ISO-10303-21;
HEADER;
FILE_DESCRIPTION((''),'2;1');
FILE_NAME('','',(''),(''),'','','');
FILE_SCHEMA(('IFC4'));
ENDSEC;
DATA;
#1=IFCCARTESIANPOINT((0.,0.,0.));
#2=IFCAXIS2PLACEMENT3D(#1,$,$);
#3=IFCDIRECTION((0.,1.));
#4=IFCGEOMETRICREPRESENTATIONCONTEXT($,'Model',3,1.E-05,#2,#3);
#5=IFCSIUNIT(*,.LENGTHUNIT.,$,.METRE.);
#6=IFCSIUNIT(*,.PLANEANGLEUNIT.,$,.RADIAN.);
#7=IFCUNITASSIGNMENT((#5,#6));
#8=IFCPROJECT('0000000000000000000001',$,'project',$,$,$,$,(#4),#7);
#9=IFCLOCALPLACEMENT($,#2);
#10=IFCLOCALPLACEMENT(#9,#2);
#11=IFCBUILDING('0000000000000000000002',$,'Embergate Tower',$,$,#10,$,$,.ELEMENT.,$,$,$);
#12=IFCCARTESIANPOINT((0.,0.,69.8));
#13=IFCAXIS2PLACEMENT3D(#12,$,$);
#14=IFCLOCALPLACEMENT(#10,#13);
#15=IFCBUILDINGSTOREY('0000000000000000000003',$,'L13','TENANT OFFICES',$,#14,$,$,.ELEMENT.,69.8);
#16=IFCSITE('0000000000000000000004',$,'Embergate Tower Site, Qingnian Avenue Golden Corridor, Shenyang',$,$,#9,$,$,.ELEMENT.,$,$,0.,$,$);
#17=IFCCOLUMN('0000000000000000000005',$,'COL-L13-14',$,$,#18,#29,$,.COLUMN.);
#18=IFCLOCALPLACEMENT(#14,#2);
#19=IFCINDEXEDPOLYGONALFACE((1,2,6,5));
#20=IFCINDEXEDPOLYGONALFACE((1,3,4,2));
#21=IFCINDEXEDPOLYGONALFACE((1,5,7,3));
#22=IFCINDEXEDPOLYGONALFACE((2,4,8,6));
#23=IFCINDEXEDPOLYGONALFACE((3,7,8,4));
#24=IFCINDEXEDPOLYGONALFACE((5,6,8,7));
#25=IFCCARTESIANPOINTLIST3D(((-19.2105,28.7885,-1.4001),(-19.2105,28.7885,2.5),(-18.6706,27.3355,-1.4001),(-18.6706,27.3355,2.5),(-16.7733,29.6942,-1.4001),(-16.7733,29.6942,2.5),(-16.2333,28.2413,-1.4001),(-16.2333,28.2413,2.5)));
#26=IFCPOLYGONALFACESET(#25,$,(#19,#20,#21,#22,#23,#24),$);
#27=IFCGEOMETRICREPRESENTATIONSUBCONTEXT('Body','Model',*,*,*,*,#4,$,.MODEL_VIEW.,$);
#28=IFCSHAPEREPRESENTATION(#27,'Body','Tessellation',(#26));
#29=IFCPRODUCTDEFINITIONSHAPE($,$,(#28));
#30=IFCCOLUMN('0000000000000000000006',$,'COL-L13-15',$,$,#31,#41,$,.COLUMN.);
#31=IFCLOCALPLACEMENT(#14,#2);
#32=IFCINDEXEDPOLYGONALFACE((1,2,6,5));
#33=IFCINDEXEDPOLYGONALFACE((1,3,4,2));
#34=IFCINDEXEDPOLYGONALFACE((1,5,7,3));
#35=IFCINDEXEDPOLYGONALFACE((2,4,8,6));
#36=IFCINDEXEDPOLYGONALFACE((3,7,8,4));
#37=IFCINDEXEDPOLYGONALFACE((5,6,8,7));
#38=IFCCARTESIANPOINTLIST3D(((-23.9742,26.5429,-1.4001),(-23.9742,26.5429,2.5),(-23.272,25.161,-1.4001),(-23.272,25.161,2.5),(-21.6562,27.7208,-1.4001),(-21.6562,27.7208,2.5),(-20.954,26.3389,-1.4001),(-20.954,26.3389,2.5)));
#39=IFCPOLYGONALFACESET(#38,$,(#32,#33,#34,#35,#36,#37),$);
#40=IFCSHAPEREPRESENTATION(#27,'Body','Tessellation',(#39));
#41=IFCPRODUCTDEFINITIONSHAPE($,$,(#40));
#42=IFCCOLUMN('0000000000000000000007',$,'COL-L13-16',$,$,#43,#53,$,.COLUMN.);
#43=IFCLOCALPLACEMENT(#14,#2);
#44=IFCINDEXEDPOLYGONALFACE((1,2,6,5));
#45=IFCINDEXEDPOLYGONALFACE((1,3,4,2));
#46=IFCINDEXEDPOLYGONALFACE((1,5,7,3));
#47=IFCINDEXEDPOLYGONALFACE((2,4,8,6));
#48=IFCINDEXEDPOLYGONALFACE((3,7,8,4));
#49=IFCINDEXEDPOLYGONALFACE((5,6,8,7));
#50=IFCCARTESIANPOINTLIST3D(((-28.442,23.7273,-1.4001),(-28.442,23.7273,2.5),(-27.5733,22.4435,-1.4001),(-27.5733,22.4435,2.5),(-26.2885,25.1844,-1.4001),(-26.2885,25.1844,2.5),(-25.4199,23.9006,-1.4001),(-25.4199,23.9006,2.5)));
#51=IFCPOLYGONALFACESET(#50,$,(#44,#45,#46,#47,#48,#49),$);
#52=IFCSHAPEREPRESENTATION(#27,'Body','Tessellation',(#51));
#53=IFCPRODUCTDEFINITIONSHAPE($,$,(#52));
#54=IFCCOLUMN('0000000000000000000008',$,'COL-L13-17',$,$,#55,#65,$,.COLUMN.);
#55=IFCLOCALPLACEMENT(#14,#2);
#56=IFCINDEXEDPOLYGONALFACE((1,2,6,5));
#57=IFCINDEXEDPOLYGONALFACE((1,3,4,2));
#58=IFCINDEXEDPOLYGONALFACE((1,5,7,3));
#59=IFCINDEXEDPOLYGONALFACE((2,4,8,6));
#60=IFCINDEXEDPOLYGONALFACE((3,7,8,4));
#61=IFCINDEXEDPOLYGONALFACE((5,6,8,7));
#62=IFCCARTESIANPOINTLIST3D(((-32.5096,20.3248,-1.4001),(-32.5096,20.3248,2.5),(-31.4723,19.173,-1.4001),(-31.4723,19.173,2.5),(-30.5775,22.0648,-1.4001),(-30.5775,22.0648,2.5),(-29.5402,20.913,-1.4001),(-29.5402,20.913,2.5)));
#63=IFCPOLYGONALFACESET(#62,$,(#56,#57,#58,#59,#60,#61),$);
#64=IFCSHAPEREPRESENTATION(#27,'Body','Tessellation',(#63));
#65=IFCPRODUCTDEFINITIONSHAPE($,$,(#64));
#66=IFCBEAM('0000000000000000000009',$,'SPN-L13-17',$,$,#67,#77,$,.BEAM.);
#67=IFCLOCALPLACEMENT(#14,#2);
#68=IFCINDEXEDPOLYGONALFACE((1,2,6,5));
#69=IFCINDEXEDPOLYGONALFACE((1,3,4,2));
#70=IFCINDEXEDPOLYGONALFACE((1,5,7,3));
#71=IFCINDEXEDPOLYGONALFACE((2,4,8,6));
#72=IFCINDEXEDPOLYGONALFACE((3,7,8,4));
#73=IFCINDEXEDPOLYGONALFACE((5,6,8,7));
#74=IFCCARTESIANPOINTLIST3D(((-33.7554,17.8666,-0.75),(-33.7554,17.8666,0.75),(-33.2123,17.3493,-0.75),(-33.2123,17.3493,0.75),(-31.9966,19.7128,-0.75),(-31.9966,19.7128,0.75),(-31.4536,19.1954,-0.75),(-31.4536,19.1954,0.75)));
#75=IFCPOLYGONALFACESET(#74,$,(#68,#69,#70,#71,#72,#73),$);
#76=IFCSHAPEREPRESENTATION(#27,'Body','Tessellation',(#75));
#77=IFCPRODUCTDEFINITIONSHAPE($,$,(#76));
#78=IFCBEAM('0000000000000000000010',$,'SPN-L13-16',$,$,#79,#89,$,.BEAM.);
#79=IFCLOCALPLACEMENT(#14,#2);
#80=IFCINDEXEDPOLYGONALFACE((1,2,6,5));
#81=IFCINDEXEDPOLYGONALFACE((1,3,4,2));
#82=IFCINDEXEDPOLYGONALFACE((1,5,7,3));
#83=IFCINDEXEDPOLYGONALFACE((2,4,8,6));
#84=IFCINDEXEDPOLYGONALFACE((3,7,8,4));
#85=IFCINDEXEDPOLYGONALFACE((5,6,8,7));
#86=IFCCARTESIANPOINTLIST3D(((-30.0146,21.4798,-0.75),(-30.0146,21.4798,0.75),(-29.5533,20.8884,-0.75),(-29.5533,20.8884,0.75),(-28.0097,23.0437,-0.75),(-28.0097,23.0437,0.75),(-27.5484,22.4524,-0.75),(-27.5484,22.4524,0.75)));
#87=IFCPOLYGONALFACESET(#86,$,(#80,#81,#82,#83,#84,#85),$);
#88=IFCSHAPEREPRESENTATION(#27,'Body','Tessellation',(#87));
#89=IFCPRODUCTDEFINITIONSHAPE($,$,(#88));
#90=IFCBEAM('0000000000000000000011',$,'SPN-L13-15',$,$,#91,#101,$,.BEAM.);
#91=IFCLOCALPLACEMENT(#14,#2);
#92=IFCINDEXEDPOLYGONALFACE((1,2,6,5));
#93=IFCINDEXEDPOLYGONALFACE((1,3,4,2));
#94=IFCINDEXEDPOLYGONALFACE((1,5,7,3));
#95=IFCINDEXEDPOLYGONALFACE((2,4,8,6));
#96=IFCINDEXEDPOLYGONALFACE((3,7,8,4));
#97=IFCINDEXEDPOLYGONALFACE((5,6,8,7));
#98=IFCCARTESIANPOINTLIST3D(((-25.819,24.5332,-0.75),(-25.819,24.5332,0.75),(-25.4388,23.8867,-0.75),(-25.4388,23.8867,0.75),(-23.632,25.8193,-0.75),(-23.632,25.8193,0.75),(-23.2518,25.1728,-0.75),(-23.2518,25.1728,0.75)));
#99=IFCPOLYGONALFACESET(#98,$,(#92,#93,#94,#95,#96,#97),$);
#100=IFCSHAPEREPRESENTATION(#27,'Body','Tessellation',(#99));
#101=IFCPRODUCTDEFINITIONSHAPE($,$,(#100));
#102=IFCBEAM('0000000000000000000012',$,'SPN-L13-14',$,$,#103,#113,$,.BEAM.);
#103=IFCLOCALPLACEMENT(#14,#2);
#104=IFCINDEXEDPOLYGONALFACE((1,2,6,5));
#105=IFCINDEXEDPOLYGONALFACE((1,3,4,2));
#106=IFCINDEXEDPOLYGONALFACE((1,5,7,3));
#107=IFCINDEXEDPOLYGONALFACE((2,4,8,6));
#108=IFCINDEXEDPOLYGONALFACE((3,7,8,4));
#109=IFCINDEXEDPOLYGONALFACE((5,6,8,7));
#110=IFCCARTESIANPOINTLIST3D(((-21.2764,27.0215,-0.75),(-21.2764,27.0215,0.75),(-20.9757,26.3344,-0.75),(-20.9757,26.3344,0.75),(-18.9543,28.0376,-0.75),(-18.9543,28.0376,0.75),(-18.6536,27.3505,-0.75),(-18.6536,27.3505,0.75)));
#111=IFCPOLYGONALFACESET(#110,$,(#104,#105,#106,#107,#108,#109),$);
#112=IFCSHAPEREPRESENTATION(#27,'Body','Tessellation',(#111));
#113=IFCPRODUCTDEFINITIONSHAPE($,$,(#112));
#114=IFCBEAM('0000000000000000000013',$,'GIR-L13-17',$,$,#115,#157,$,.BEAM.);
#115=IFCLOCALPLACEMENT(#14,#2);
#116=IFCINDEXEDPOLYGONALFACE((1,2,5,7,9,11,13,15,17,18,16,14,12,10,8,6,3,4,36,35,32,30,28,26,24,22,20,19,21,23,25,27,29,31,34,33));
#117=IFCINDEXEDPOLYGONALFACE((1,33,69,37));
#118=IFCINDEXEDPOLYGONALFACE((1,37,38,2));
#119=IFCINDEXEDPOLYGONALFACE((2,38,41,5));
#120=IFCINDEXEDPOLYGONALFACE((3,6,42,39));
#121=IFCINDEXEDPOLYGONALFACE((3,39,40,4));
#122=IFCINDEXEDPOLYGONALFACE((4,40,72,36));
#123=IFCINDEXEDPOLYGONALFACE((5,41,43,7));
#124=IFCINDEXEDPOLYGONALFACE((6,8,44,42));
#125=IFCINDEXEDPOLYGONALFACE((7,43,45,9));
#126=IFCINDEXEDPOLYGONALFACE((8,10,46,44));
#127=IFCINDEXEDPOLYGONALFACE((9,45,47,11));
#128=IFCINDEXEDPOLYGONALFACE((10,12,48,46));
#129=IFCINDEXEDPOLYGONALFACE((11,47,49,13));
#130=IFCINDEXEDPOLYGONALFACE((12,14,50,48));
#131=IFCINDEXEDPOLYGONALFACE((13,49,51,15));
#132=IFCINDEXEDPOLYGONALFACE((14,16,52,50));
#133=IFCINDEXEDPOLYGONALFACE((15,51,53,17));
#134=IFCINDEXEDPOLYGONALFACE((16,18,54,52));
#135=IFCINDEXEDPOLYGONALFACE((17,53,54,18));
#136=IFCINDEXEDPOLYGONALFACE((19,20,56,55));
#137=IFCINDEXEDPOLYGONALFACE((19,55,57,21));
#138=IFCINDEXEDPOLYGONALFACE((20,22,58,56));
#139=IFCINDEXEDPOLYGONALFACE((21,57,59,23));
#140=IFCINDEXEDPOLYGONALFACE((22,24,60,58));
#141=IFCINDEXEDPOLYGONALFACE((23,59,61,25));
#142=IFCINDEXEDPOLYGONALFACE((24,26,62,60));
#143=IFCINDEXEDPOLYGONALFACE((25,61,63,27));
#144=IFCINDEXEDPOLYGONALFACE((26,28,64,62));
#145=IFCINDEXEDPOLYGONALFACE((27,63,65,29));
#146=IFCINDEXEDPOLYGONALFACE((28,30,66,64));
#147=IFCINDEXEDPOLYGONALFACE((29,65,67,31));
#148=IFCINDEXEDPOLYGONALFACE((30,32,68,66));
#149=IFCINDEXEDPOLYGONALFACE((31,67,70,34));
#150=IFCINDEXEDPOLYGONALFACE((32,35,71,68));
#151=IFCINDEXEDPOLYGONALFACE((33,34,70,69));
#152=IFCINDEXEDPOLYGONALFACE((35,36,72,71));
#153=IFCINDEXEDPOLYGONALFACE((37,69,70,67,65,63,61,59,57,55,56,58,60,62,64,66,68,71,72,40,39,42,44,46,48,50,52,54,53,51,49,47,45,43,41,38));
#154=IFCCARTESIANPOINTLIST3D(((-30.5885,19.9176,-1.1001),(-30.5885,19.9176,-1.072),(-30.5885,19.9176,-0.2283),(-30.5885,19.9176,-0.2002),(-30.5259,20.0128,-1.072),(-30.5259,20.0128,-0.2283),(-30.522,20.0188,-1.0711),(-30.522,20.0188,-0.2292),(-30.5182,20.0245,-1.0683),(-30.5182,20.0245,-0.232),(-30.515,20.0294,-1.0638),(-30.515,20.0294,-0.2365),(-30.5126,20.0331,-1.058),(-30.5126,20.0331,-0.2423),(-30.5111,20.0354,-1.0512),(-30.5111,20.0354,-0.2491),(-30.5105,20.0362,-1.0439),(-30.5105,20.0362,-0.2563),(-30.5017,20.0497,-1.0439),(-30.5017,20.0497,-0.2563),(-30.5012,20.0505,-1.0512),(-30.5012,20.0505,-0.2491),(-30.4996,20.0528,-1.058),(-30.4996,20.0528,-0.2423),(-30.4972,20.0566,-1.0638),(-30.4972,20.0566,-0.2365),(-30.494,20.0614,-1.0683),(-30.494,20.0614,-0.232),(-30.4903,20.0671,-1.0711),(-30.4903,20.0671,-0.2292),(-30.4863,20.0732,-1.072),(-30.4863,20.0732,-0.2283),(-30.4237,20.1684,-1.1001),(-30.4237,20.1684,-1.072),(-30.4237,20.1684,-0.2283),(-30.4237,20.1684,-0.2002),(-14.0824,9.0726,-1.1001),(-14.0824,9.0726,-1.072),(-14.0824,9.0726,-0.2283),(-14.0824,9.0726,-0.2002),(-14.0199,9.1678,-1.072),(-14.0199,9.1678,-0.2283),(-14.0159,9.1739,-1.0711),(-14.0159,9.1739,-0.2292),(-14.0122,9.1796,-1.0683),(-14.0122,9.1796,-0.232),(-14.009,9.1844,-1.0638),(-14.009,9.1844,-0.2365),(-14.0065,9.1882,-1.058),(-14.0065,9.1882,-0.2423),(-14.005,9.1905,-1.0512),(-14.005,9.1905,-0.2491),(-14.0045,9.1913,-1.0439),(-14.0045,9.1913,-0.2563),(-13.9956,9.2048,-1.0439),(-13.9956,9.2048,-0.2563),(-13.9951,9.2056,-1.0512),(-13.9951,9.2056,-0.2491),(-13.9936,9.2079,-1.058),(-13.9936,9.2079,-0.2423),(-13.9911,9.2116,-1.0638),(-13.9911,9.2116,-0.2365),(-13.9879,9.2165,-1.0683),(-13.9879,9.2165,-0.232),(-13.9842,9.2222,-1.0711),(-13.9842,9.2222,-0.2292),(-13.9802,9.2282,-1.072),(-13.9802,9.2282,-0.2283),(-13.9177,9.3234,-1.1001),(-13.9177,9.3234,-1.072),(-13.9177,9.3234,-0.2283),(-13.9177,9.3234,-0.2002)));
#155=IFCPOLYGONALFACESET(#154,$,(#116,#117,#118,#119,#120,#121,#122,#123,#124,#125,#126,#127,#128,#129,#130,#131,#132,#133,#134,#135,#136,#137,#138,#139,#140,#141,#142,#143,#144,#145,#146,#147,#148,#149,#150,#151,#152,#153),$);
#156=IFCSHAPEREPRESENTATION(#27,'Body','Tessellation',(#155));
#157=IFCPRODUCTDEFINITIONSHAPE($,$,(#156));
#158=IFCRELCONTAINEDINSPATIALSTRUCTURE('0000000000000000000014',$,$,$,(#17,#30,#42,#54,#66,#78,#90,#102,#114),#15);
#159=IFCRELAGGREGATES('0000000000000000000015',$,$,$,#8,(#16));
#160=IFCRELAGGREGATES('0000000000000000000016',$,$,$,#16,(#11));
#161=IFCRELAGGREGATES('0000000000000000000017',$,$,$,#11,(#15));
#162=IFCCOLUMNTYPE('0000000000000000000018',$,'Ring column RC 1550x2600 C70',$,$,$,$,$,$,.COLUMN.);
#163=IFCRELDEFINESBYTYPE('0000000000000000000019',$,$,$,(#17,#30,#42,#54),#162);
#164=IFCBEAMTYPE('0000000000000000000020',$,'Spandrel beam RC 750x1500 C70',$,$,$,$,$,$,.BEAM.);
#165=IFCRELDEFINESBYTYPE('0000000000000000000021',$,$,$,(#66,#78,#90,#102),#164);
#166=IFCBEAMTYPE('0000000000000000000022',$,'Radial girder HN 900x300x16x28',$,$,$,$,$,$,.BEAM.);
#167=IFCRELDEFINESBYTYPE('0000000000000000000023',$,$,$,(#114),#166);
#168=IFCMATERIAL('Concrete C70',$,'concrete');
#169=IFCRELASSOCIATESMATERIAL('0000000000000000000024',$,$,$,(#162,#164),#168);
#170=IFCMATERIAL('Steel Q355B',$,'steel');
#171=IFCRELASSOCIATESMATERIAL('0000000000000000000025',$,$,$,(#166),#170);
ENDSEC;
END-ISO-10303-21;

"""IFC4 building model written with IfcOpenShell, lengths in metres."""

from ifc_helpers import new_model, si_unit, direction, frame, origin, origin_2d, place, context, subcontext, project, spatial, rectangle, i_section, extrude, source, transform, mapped, material, material_profile, profile_set, type_object, element, save


model = new_model("IFC4")

# Units and contexts
model_context = context("Model", 3, precision=1e-05, world=origin(), true_north=direction((0.0, 1.0)))
body_context = subcontext(model_context, "Body", "Model", "MODEL_VIEW")
ifc_project = project(units=[si_unit("LENGTHUNIT", "METRE"), si_unit("PLANEANGLEUNIT", "RADIAN")], contexts=[model_context])

# Site, building, storey
site_placement = place(None, origin())
site = spatial("IfcSite", under=ifc_project, at=site_placement, Name="Embergate Tower Site, Qingnian Avenue Golden Corridor, Shenyang", CompositionType="ELEMENT", RefElevation=0.0)
building_placement = place(site_placement, origin())
building = spatial("IfcBuilding", under=site, at=building_placement, Name="Embergate Tower", CompositionType="ELEMENT")
storey_placement = place(building_placement, frame((0.0, 0.0, 69.8)))
storey = spatial("IfcBuildingStorey", under=building, at=storey_placement, Name="L13", Description="TENANT OFFICES", CompositionType="ELEMENT", Elevation=69.8)

# Columns
ifc_material_1 = material(Name="Concrete C70", Category="concrete")
ifc_material_profile_1 = material_profile(ifc_material_1, rectangle(XDim=1.55, YDim=2.6001, at=origin_2d()), Name="RC 1550x2600")
ifc_profile_set_1 = profile_set([ifc_material_profile_1], Name="Concrete C70")
column_type = type_object("IfcColumnType", Name="Ring column RC 1550x2600 C70", PredefinedType="COLUMN", material=ifc_profile_set_1)
shared_shape_1 = source(origin(), body_context, "Body", "SweptSolid", [
    extrude(rectangle(XDim=1.55, YDim=2.6001, at=origin_2d()), origin(), (0.0, 0.0, 1.0), 3.9001),
])
for number, where, z_axis, x_axis, name in (
    (1, (-17.7219, 28.5149, -1.4001), (0.0, 0.0, 1.0), (-0.348343, 0.937367, 0.0), "COL-L13-14"),
    (2, (-22.4641, 26.4409, -1.4001), (0.0, 0.0, 1.0), (-0.453011, 0.891505, 0.0), "COL-L13-15"),
    (3, (-26.9309, 23.814, -1.4001), (0.0, 0.0, 1.0), (-0.560393, 0.828227, 0.0), "COL-L13-16"),
    (4, (-31.0249, 20.6189, -1.4001), (0.0, 0.0, 1.0), (-0.669208, 0.743075, 0.0), "COL-L13-17"),
):
    element("IfcColumn", number, at=place(storey_placement, frame(where, z_axis=z_axis, x_axis=x_axis)), inside=storey, type_object=column_type, Name=name, PredefinedType="COLUMN", context=body_context, shape_type="MappedRepresentation", body=[
        mapped(shared_shape_1, transform((0.0, 0.0, 0.0))),
    ])

# Beams
ifc_material_profile_2 = material_profile(ifc_material_1, rectangle(XDim=0.75, YDim=1.5, at=origin_2d()), Name="RC 750x1500")
ifc_profile_set_2 = profile_set([ifc_material_profile_2], Name="Concrete C70")
beam_type_1 = type_object("IfcBeamType", Name="Spandrel beam RC 750x1500 C70", PredefinedType="BEAM", material=ifc_profile_set_2)
shared_shape_2 = source(origin(), body_context, "Body", "SweptSolid", [
    extrude(rectangle(XDim=0.75, YDim=1.5, at=origin_2d()), origin(), (0.0, 0.0, 1.0), 2.5498),
])
beam_1_placement = place(storey_placement, frame((-31.7251, 19.4541, 0.0), z_axis=(-0.68976, -0.724038, 0.0), x_axis=(0.724038, -0.68976, 0.0)))
element("IfcBeam", 5, at=beam_1_placement, inside=storey, type_object=beam_type_1, Name="SPN-L13-17", PredefinedType="BEAM", context=body_context, shape_type="MappedRepresentation", body=[
    mapped(shared_shape_2, transform((0.0, 0.0, 0.0))),
])
shared_shape_3 = source(origin(), body_context, "Body", "SweptSolid", [
    extrude(rectangle(XDim=0.75, YDim=1.5, at=origin_2d()), origin(), (0.0, 0.0, 1.0), 2.5427),
])
beam_2_placement = place(storey_placement, frame((-27.7791, 22.748, 0.0), z_axis=(-0.788473, -0.61507, 0.0), x_axis=(0.61507, -0.788473, 0.0)))
element("IfcBeam", 6, at=beam_2_placement, inside=storey, type_object=beam_type_1, Name="SPN-L13-16", PredefinedType="BEAM", context=body_context, shape_type="MappedRepresentation", body=[
    mapped(shared_shape_3, transform((0.0, 0.0, 0.0))),
])
shared_shape_4 = source(origin(), body_context, "Body", "SweptSolid", [
    extrude(rectangle(XDim=0.75, YDim=1.5, at=origin_2d()), origin(), (0.0, 0.0, 1.0), 2.5371),
])
beam_3_placement = place(storey_placement, frame((-23.4419, 25.4961, 0.0), z_axis=(-0.861994, -0.506919, 0.0), x_axis=(0.506919, -0.861994, 0.0)))
element("IfcBeam", 7, at=beam_3_placement, inside=storey, type_object=beam_type_1, Name="SPN-L13-15", PredefinedType="BEAM", context=body_context, shape_type="MappedRepresentation", body=[
    mapped(shared_shape_4, transform((0.0, 0.0, 0.0))),
])
shared_shape_5 = source(origin(), body_context, "Body", "SweptSolid", [
    extrude(rectangle(XDim=0.75, YDim=1.5, at=origin_2d()), origin(), (0.0, 0.0, 1.0), 2.5347),
])
beam_4_placement = place(storey_placement, frame((-18.804, 27.6941, 0.0), z_axis=(-0.916124, -0.400895, 0.0), x_axis=(0.400895, -0.916124, 0.0)))
element("IfcBeam", 8, at=beam_4_placement, inside=storey, type_object=beam_type_1, Name="SPN-L13-14", PredefinedType="BEAM", context=body_context, shape_type="MappedRepresentation", body=[
    mapped(shared_shape_5, transform((0.0, 0.0, 0.0))),
])
ifc_material_2 = material(Name="Steel Q355B", Category="steel")
ifc_material_profile_3 = material_profile(ifc_material_2, i_section(OverallWidth=0.3, OverallDepth=0.8999, WebThickness=0.0161, FlangeThickness=0.0281, FilletRadius=0.0281, at=origin_2d()), Name="HN 900x300x16x28")
ifc_profile_set_3 = profile_set([ifc_material_profile_3], Name="Steel Q355 grade B")
beam_type_2 = type_object("IfcBeamType", Name="Radial girder HN 900x300x16x28", PredefinedType="BEAM", material=ifc_profile_set_3)
shared_shape_6 = source(origin(), body_context, "Body", "SweptSolid", [
    extrude(i_section(OverallWidth=0.3, OverallDepth=0.8999, WebThickness=0.0161, FlangeThickness=0.0281, FilletRadius=0.0281, at=origin_2d()), origin(), (0.0, 0.0, 1.0), 19.75),
])
beam_5_placement = place(storey_placement, frame((-30.5061, 20.043, -0.6501), z_axis=(0.83575, -0.549111, 0.0), x_axis=(0.549111, 0.83575, 0.0)))
element("IfcBeam", 9, at=beam_5_placement, inside=storey, type_object=beam_type_2, Name="GIR-L13-17", PredefinedType="BEAM", context=body_context, shape_type="MappedRepresentation", body=[
    mapped(shared_shape_6, transform((0.0, 0.0, 0.0))),
])

save(model, "model.ifc")
